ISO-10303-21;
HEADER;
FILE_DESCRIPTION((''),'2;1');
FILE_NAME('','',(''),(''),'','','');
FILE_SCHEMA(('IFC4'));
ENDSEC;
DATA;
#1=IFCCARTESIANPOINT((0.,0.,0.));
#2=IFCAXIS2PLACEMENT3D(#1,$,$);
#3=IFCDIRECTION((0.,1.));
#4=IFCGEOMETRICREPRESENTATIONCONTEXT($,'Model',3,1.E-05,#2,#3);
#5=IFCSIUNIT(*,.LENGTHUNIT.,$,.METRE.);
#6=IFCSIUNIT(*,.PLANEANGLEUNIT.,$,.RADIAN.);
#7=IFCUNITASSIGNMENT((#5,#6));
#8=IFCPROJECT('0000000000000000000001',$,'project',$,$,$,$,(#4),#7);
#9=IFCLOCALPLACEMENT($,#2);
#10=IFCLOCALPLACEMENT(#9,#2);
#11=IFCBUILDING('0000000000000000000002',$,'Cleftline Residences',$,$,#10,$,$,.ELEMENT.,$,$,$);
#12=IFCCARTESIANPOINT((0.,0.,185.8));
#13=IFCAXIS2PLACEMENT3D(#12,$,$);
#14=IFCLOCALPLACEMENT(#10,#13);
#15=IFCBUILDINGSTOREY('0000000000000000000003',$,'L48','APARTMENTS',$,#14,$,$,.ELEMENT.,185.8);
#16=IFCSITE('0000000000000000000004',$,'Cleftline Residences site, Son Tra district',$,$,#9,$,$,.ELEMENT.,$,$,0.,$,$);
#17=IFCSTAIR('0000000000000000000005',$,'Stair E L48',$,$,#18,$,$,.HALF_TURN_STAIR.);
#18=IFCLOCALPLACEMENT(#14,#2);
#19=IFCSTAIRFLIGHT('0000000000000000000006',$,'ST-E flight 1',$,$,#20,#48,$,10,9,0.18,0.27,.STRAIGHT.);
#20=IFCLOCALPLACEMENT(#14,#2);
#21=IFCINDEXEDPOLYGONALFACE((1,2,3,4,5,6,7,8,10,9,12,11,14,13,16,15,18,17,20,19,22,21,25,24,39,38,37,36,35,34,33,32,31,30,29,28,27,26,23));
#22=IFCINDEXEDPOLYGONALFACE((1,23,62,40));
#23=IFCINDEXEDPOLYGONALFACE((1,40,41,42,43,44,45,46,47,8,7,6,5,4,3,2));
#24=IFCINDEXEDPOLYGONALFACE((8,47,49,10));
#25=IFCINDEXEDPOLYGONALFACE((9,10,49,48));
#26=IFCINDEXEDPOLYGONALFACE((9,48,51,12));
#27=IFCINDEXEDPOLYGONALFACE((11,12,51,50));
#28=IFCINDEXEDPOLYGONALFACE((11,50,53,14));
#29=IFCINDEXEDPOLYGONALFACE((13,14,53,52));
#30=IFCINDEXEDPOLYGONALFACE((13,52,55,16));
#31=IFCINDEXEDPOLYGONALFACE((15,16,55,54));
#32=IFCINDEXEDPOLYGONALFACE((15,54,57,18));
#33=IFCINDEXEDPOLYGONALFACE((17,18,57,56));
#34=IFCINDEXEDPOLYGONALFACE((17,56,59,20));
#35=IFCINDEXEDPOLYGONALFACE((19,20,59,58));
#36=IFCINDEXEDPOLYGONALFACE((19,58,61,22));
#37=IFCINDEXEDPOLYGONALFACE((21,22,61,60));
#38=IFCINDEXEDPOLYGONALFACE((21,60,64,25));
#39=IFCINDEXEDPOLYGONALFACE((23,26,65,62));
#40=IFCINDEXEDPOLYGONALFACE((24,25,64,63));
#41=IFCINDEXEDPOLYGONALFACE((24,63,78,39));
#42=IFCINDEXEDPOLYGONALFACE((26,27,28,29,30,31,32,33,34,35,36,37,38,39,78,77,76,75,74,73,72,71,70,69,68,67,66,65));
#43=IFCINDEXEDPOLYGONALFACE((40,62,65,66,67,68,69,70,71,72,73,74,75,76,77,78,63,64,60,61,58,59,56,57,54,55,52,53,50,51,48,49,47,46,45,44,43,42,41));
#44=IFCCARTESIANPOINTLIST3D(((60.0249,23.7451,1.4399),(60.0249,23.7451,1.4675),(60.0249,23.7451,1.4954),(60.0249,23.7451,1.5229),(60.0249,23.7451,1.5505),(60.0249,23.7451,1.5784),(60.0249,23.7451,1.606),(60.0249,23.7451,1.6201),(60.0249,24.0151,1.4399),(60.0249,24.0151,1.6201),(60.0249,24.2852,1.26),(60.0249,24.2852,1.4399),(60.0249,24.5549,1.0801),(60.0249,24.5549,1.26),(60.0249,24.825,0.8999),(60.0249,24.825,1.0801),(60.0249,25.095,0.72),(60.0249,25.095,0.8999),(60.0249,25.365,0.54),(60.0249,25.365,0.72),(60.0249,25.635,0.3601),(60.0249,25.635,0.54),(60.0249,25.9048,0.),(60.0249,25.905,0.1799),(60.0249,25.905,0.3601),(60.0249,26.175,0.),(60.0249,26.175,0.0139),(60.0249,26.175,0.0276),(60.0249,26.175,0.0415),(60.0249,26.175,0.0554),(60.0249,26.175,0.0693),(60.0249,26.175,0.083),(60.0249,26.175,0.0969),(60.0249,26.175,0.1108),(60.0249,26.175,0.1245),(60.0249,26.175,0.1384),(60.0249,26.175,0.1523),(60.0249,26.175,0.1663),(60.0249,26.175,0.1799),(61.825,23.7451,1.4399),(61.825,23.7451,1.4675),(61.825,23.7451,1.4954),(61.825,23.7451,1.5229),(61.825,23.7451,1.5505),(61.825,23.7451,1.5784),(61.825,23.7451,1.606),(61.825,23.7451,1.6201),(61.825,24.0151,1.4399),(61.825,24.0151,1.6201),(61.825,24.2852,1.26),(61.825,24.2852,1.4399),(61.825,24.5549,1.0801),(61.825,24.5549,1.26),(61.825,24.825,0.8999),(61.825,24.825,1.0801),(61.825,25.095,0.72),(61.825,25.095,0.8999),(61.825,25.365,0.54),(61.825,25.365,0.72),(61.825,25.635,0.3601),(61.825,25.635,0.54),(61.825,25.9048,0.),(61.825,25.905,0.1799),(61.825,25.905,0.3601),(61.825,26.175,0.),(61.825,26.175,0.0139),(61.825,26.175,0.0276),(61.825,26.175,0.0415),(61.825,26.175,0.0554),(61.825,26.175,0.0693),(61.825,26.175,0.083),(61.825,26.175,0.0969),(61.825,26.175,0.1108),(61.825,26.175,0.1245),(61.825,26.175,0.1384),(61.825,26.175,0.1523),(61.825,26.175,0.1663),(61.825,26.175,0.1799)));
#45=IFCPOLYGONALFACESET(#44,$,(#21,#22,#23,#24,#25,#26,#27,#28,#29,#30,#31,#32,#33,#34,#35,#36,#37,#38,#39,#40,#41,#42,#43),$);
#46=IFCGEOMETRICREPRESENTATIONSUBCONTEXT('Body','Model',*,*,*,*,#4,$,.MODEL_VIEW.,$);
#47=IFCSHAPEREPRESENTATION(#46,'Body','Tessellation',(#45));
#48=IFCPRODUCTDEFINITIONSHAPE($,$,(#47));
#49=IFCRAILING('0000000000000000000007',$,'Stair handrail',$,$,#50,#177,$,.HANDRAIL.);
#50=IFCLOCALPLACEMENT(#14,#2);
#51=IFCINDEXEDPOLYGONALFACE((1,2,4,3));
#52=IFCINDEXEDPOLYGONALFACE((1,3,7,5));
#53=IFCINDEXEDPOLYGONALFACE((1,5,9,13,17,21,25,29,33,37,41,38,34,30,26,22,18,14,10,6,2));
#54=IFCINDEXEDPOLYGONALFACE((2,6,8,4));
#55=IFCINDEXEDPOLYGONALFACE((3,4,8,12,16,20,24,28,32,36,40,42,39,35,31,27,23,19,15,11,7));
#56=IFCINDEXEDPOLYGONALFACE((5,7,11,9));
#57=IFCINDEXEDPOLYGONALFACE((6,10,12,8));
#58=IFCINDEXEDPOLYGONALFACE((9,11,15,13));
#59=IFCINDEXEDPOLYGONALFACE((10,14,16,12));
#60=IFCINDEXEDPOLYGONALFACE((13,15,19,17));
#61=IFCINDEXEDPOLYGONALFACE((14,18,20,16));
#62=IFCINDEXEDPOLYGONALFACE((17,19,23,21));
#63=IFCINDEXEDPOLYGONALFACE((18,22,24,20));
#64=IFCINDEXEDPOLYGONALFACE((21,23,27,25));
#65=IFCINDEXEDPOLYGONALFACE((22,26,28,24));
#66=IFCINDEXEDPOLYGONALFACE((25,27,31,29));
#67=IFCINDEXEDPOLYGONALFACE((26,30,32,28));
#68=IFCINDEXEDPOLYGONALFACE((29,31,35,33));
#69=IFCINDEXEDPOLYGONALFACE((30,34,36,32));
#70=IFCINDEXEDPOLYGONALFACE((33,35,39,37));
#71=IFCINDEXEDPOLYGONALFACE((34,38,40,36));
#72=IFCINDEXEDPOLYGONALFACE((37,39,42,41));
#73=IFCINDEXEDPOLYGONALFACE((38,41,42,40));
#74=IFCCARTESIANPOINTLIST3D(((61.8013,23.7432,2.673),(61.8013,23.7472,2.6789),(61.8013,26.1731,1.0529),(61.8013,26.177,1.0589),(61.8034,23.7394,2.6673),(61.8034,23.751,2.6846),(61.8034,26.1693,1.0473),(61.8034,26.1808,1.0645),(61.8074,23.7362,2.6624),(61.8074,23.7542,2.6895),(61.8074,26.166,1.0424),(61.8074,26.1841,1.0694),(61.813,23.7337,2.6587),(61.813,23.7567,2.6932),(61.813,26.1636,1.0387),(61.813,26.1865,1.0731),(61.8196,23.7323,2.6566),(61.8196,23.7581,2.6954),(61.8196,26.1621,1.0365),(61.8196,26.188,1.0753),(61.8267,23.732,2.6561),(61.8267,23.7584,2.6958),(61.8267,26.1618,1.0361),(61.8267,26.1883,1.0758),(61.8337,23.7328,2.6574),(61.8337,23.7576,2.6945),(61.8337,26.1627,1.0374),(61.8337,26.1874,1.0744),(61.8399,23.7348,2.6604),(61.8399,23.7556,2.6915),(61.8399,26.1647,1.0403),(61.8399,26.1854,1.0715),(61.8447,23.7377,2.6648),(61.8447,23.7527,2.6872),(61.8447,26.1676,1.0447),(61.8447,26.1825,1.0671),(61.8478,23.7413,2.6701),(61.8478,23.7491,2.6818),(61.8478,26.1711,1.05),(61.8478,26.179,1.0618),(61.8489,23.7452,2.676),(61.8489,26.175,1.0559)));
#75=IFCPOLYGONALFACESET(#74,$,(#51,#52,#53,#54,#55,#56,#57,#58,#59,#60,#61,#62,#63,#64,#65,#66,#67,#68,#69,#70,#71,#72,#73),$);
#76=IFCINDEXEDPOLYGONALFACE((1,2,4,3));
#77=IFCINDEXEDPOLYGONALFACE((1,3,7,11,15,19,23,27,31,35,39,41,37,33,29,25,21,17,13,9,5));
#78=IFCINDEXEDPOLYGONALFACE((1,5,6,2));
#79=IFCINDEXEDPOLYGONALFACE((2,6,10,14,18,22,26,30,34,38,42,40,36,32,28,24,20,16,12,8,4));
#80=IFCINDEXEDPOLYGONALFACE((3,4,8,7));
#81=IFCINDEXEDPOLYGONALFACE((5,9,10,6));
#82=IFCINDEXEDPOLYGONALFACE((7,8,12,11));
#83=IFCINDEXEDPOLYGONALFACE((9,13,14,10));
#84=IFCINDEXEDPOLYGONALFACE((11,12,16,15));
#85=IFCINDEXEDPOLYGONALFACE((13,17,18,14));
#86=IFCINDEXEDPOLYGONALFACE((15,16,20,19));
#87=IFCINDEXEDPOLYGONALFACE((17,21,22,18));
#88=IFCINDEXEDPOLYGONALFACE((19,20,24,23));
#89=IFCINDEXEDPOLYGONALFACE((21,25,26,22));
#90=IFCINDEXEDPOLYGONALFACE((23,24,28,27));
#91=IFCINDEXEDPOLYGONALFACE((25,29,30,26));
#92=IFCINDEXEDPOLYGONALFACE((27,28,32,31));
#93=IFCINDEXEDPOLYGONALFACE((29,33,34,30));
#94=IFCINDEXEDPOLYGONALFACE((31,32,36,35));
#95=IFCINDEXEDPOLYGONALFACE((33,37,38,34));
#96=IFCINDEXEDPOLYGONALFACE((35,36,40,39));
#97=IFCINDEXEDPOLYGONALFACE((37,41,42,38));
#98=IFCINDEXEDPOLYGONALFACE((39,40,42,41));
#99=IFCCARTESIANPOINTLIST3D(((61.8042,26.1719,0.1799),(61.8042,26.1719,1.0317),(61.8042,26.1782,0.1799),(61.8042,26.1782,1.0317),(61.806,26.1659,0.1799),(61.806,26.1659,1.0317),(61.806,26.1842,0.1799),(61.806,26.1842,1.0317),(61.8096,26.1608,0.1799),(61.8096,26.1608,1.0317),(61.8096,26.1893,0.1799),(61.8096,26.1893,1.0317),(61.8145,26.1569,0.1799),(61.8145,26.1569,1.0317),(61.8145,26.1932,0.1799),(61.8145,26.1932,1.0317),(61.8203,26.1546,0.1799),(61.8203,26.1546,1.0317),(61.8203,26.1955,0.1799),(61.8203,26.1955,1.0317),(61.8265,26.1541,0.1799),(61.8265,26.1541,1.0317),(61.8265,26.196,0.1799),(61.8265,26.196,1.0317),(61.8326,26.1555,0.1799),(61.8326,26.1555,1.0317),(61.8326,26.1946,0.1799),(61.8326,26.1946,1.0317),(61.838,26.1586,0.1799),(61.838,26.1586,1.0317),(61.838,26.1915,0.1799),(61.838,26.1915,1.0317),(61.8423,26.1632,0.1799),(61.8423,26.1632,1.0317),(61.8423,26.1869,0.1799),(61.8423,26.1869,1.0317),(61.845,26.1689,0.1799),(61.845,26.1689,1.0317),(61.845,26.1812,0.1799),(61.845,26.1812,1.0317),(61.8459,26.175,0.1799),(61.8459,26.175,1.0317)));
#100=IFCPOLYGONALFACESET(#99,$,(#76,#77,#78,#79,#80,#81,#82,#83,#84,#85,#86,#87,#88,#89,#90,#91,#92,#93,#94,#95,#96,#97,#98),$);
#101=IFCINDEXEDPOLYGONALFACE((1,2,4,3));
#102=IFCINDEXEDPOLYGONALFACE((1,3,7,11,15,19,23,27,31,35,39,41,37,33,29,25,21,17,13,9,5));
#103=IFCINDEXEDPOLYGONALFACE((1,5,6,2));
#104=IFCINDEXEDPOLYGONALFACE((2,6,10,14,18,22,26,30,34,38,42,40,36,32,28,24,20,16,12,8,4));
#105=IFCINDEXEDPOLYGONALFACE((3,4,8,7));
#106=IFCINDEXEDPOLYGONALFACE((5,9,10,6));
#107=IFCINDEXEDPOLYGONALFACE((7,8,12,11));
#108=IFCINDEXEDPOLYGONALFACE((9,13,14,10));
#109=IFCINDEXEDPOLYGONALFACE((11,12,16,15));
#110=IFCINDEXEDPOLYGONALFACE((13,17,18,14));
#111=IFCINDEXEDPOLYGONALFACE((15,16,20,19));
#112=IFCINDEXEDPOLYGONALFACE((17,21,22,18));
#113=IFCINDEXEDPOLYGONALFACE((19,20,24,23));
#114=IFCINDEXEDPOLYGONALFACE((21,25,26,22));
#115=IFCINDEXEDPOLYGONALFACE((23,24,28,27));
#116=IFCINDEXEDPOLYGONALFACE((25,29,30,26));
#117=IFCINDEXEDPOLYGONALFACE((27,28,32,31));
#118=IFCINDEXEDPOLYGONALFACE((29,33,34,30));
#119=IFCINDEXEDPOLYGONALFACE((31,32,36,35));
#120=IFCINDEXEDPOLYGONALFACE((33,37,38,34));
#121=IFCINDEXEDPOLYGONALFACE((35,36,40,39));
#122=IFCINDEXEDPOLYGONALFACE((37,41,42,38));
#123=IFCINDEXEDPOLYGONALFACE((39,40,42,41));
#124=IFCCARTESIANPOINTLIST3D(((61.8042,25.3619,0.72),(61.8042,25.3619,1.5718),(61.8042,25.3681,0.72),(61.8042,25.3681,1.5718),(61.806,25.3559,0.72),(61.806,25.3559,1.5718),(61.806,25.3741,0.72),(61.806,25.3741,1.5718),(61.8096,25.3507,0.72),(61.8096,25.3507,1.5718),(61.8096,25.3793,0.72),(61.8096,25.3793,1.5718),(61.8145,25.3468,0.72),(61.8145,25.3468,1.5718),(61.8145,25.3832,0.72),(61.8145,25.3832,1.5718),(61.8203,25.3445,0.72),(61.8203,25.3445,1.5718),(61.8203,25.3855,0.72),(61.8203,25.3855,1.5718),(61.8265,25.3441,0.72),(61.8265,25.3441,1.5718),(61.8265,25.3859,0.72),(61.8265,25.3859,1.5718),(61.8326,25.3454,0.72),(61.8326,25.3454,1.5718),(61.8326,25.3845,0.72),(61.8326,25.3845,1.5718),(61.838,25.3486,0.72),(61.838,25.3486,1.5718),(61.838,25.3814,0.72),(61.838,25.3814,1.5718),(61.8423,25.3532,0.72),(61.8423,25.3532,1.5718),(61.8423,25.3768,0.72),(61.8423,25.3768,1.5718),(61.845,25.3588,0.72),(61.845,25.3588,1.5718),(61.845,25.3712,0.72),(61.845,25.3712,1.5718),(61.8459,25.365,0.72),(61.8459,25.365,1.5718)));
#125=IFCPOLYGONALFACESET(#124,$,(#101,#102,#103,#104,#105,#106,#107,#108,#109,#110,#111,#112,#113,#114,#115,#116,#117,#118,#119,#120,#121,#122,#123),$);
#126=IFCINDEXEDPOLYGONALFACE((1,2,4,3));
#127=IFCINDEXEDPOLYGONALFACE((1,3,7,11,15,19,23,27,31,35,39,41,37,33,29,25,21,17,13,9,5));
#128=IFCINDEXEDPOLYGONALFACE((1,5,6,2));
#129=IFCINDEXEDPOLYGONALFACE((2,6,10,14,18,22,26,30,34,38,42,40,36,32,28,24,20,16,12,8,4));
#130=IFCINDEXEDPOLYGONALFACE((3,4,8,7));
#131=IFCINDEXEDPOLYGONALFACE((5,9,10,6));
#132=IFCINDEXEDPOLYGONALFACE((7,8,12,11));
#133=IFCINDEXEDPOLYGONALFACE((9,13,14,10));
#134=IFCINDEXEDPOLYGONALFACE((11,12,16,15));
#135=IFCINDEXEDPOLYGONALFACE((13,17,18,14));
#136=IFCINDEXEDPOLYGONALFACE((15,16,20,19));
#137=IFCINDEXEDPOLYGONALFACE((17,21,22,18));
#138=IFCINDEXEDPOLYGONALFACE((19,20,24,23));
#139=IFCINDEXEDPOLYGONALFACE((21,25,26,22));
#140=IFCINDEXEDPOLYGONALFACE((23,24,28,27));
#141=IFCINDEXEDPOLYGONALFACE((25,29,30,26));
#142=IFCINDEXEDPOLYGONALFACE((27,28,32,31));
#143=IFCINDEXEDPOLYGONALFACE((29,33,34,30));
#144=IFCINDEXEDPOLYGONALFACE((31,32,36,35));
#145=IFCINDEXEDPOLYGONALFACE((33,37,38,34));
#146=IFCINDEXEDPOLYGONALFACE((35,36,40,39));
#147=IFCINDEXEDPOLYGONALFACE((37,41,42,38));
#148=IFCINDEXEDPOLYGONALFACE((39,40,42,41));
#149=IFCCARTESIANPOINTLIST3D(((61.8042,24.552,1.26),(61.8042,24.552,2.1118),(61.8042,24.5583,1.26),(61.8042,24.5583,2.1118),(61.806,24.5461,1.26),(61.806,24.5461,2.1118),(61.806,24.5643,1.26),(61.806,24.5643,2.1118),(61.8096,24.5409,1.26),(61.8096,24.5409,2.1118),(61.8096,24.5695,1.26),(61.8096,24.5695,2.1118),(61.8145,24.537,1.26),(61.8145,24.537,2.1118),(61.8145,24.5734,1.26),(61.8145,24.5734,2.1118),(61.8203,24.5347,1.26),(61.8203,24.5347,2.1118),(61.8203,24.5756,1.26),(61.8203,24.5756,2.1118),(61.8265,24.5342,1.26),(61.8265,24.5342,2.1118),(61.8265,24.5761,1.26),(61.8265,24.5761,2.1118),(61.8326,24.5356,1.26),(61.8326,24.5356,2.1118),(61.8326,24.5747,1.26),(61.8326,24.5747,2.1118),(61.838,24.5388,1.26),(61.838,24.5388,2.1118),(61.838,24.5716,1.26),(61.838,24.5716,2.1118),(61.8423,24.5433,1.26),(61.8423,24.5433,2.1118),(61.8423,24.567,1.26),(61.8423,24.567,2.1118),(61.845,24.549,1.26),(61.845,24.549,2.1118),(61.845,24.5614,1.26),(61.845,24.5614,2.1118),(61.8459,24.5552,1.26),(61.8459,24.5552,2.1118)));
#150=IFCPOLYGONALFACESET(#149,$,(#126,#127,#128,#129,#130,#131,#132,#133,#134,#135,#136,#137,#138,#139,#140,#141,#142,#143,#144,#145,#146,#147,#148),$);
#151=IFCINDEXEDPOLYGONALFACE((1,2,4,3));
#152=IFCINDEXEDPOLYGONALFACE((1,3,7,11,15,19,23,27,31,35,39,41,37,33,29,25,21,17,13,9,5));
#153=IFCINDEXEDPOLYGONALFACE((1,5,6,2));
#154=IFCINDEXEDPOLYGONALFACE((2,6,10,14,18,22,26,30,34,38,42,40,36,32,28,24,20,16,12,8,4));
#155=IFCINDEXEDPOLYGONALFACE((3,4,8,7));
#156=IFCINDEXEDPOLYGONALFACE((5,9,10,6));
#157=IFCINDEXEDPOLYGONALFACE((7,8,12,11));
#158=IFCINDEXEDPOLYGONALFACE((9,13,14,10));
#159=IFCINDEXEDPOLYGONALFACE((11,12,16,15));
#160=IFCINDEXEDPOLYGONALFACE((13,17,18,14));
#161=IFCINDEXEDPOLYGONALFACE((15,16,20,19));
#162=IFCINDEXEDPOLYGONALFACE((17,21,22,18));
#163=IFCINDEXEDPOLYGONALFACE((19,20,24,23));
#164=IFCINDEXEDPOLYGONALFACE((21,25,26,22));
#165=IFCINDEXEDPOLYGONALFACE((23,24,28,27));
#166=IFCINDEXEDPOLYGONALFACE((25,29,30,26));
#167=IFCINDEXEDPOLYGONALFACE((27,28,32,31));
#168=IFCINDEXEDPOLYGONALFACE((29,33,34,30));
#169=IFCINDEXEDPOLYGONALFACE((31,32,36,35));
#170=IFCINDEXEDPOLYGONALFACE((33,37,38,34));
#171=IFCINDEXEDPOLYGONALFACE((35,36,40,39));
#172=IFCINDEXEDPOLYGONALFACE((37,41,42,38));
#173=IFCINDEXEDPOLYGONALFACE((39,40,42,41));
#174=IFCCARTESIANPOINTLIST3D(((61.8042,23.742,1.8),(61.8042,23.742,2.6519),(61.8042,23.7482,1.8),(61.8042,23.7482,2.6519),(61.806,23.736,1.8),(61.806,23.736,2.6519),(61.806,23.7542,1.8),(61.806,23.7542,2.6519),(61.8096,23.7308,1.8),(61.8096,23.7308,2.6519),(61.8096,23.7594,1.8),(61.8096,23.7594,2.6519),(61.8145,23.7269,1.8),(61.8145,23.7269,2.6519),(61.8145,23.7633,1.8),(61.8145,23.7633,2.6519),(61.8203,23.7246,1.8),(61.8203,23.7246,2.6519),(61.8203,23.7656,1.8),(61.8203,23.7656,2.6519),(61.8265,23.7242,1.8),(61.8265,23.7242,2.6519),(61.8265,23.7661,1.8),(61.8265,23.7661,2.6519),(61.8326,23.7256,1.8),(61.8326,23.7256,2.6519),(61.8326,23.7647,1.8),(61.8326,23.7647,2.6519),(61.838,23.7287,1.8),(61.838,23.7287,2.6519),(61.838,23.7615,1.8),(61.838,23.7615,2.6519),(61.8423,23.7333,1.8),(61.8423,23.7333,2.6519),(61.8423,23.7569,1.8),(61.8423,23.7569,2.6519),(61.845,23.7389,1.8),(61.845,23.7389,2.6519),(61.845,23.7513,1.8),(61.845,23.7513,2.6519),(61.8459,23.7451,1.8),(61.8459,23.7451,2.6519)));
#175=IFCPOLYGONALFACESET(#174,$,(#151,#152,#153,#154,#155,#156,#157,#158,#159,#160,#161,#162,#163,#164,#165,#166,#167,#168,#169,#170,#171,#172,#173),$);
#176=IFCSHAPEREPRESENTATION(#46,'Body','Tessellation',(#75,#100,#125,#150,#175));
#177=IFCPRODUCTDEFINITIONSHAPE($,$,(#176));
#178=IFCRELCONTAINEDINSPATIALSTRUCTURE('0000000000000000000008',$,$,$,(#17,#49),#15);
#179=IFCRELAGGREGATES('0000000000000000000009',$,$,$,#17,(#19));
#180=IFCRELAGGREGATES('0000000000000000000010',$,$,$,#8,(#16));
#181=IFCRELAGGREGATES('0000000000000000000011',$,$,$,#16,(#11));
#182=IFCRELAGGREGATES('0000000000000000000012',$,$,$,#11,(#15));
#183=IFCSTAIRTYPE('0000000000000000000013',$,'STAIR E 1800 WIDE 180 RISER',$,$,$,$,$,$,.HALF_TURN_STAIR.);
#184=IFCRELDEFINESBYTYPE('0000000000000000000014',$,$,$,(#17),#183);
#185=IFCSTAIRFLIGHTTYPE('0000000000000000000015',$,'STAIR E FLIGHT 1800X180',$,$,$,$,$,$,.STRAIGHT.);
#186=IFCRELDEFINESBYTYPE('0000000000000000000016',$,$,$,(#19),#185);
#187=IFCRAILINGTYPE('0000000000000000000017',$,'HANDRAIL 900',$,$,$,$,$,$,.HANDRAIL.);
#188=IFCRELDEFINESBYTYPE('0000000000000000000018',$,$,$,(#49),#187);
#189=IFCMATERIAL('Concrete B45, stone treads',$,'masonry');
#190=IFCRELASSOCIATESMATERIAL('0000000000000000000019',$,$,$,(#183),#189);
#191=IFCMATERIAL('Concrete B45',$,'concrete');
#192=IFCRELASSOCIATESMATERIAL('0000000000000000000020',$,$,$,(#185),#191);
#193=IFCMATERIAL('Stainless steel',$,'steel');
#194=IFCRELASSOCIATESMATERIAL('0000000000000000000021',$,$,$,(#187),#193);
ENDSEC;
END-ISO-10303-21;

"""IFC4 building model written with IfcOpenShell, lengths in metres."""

from ifc_helpers import new_model, si_unit, direction, frame, origin, origin_2d, place, context, subcontext, project, spatial, polyline, circle, outline, extrude, material, type_object, element, aggregate, save


model = new_model("IFC4")

# Units and contexts
model_context = context("Model", 3, precision=1e-05, world=origin(), true_north=direction((0.0, 1.0)))
body_context = subcontext(model_context, "Body", "Model", "MODEL_VIEW")
ifc_project = project(units=[si_unit("LENGTHUNIT", "METRE"), si_unit("PLANEANGLEUNIT", "RADIAN")], contexts=[model_context])

# Site, building, storey
site_placement = place(None, origin())
site = spatial("IfcSite", under=ifc_project, at=site_placement, Name="Cleftline Residences site, Son Tra district", CompositionType="ELEMENT", RefElevation=0.0)
building_placement = place(site_placement, origin())
building = spatial("IfcBuilding", under=site, at=building_placement, Name="Cleftline Residences", CompositionType="ELEMENT")
storey_placement = place(building_placement, frame((0.0, 0.0, 185.8)))
storey = spatial("IfcBuildingStorey", under=building, at=storey_placement, Name="L48", Description="APARTMENTS", CompositionType="ELEMENT", Elevation=185.8)

# Stair, stair flight
ifc_material_1 = material(Name="Concrete B45, stone treads", Category="masonry")
stair_type = type_object("IfcStairType", Name="STAIR E 1800 WIDE 180 RISER", PredefinedType="HALF_TURN_STAIR", material=ifc_material_1)
stair_placement = place(storey_placement, origin())
stair = element("IfcStair", 1, at=stair_placement, inside=storey, type_object=stair_type, Name="Stair E L48", PredefinedType="HALF_TURN_STAIR")
ifc_material_2 = material(Name="Concrete B45", Category="concrete")
stair_flight_type = type_object("IfcStairFlightType", Name="STAIR E FLIGHT 1800X180", PredefinedType="STRAIGHT", material=ifc_material_2)
stair_flight_placement = place(storey_placement, frame((60.925, 26.175, 0.0), z_axis=(0.0, 0.0, 1.0), x_axis=(0.0, -1.0, 0.0)))
stair_flight = element("IfcStairFlight", 2, at=stair_flight_placement, type_object=stair_flight_type, Name="ST-E flight 1", NumberOfRisers=10, NumberOfTreads=9, PredefinedType="STRAIGHT", RiserHeight=0.18, TreadLength=0.27, context=body_context, shape_type="SweptSolid", body=[
    extrude(outline(polyline([(0.0, 0.0), (0.0, 0.0139), (0.0, 0.0276), (0.0, 0.0415), (0.0, 0.0554), (0.0, 0.0693), (0.0, 0.083), (0.0, 0.0969), (0.0, 0.1108), (0.0, 0.1245), (0.0, 0.1384), (0.0, 0.1523), (0.0, 0.1663), (0.0, 0.1799), (0.27, 0.1799), (0.27, 0.3601), (0.54, 0.3601), (0.54, 0.54), (0.8101, 0.54), (0.8101, 0.72), (1.0801, 0.72), (1.0801, 0.8999), (1.3501, 0.8999), (1.3501, 1.0801), (1.6201, 1.0801), (1.6201, 1.26), (1.8899, 1.26), (1.8899, 1.4399), (2.1599, 1.4399), (2.1599, 1.6201), (2.4299, 1.6201), (2.4299, 1.8), (2.4299, 1.7722), (2.4299, 1.7446), (2.4299, 1.7168), (2.4299, 1.6892), (2.4299, 1.6614), (2.4299, 1.6338), (2.4299, 1.606), (2.4299, 1.5784), (2.4299, 1.5505), (2.4299, 1.5229), (2.4299, 1.4954), (2.4299, 1.4675), (2.4299, 1.4399), (0.2703, 0.0), (0.0, 0.0)])), frame((0.0, 0.8999, 0.0), z_axis=(0.0, -1.0, 0.0), x_axis=(1.0, 0.0, 0.0)), (0.0, 0.0, 1.0), 1.8),
])
aggregate(stair, [stair_flight])

# Railing
ifc_material_3 = material(Name="Stainless steel", Category="steel")
railing_type = type_object("IfcRailingType", Name="HANDRAIL 900", PredefinedType="HANDRAIL", material=ifc_material_3)
railing_placement = place(storey_placement, frame((61.825, 26.175, 0.1799)))
element("IfcRailing", 3, at=railing_placement, inside=storey, type_object=railing_type, Name="Stair handrail", PredefinedType="HANDRAIL", context=body_context, shape_type="SweptSolid", body=[
    extrude(circle(Radius=0.0239, at=origin_2d()), frame((0.0, 0.0, 0.876), z_axis=(0.0, -0.832025, 0.554739), x_axis=(1.0, 0.0, 0.0)), (0.0, 0.0, 1.0), 2.9204),
    extrude(circle(Radius=0.021, at=origin_2d()), origin(), (0.0, 0.0, 1.0), 0.8518),
    extrude(circle(Radius=0.021, at=origin_2d()), frame((0.0, -0.8101, 0.54)), (0.0, 0.0, 1.0), 0.8518),
    extrude(circle(Radius=0.021, at=origin_2d()), frame((0.0, -1.6199, 1.0801)), (0.0, 0.0, 1.0), 0.8518),
    extrude(circle(Radius=0.021, at=origin_2d()), frame((0.0, -2.4299, 1.6201)), (0.0, 0.0, 1.0), 0.8518),
])

save(model, "model.ifc")
